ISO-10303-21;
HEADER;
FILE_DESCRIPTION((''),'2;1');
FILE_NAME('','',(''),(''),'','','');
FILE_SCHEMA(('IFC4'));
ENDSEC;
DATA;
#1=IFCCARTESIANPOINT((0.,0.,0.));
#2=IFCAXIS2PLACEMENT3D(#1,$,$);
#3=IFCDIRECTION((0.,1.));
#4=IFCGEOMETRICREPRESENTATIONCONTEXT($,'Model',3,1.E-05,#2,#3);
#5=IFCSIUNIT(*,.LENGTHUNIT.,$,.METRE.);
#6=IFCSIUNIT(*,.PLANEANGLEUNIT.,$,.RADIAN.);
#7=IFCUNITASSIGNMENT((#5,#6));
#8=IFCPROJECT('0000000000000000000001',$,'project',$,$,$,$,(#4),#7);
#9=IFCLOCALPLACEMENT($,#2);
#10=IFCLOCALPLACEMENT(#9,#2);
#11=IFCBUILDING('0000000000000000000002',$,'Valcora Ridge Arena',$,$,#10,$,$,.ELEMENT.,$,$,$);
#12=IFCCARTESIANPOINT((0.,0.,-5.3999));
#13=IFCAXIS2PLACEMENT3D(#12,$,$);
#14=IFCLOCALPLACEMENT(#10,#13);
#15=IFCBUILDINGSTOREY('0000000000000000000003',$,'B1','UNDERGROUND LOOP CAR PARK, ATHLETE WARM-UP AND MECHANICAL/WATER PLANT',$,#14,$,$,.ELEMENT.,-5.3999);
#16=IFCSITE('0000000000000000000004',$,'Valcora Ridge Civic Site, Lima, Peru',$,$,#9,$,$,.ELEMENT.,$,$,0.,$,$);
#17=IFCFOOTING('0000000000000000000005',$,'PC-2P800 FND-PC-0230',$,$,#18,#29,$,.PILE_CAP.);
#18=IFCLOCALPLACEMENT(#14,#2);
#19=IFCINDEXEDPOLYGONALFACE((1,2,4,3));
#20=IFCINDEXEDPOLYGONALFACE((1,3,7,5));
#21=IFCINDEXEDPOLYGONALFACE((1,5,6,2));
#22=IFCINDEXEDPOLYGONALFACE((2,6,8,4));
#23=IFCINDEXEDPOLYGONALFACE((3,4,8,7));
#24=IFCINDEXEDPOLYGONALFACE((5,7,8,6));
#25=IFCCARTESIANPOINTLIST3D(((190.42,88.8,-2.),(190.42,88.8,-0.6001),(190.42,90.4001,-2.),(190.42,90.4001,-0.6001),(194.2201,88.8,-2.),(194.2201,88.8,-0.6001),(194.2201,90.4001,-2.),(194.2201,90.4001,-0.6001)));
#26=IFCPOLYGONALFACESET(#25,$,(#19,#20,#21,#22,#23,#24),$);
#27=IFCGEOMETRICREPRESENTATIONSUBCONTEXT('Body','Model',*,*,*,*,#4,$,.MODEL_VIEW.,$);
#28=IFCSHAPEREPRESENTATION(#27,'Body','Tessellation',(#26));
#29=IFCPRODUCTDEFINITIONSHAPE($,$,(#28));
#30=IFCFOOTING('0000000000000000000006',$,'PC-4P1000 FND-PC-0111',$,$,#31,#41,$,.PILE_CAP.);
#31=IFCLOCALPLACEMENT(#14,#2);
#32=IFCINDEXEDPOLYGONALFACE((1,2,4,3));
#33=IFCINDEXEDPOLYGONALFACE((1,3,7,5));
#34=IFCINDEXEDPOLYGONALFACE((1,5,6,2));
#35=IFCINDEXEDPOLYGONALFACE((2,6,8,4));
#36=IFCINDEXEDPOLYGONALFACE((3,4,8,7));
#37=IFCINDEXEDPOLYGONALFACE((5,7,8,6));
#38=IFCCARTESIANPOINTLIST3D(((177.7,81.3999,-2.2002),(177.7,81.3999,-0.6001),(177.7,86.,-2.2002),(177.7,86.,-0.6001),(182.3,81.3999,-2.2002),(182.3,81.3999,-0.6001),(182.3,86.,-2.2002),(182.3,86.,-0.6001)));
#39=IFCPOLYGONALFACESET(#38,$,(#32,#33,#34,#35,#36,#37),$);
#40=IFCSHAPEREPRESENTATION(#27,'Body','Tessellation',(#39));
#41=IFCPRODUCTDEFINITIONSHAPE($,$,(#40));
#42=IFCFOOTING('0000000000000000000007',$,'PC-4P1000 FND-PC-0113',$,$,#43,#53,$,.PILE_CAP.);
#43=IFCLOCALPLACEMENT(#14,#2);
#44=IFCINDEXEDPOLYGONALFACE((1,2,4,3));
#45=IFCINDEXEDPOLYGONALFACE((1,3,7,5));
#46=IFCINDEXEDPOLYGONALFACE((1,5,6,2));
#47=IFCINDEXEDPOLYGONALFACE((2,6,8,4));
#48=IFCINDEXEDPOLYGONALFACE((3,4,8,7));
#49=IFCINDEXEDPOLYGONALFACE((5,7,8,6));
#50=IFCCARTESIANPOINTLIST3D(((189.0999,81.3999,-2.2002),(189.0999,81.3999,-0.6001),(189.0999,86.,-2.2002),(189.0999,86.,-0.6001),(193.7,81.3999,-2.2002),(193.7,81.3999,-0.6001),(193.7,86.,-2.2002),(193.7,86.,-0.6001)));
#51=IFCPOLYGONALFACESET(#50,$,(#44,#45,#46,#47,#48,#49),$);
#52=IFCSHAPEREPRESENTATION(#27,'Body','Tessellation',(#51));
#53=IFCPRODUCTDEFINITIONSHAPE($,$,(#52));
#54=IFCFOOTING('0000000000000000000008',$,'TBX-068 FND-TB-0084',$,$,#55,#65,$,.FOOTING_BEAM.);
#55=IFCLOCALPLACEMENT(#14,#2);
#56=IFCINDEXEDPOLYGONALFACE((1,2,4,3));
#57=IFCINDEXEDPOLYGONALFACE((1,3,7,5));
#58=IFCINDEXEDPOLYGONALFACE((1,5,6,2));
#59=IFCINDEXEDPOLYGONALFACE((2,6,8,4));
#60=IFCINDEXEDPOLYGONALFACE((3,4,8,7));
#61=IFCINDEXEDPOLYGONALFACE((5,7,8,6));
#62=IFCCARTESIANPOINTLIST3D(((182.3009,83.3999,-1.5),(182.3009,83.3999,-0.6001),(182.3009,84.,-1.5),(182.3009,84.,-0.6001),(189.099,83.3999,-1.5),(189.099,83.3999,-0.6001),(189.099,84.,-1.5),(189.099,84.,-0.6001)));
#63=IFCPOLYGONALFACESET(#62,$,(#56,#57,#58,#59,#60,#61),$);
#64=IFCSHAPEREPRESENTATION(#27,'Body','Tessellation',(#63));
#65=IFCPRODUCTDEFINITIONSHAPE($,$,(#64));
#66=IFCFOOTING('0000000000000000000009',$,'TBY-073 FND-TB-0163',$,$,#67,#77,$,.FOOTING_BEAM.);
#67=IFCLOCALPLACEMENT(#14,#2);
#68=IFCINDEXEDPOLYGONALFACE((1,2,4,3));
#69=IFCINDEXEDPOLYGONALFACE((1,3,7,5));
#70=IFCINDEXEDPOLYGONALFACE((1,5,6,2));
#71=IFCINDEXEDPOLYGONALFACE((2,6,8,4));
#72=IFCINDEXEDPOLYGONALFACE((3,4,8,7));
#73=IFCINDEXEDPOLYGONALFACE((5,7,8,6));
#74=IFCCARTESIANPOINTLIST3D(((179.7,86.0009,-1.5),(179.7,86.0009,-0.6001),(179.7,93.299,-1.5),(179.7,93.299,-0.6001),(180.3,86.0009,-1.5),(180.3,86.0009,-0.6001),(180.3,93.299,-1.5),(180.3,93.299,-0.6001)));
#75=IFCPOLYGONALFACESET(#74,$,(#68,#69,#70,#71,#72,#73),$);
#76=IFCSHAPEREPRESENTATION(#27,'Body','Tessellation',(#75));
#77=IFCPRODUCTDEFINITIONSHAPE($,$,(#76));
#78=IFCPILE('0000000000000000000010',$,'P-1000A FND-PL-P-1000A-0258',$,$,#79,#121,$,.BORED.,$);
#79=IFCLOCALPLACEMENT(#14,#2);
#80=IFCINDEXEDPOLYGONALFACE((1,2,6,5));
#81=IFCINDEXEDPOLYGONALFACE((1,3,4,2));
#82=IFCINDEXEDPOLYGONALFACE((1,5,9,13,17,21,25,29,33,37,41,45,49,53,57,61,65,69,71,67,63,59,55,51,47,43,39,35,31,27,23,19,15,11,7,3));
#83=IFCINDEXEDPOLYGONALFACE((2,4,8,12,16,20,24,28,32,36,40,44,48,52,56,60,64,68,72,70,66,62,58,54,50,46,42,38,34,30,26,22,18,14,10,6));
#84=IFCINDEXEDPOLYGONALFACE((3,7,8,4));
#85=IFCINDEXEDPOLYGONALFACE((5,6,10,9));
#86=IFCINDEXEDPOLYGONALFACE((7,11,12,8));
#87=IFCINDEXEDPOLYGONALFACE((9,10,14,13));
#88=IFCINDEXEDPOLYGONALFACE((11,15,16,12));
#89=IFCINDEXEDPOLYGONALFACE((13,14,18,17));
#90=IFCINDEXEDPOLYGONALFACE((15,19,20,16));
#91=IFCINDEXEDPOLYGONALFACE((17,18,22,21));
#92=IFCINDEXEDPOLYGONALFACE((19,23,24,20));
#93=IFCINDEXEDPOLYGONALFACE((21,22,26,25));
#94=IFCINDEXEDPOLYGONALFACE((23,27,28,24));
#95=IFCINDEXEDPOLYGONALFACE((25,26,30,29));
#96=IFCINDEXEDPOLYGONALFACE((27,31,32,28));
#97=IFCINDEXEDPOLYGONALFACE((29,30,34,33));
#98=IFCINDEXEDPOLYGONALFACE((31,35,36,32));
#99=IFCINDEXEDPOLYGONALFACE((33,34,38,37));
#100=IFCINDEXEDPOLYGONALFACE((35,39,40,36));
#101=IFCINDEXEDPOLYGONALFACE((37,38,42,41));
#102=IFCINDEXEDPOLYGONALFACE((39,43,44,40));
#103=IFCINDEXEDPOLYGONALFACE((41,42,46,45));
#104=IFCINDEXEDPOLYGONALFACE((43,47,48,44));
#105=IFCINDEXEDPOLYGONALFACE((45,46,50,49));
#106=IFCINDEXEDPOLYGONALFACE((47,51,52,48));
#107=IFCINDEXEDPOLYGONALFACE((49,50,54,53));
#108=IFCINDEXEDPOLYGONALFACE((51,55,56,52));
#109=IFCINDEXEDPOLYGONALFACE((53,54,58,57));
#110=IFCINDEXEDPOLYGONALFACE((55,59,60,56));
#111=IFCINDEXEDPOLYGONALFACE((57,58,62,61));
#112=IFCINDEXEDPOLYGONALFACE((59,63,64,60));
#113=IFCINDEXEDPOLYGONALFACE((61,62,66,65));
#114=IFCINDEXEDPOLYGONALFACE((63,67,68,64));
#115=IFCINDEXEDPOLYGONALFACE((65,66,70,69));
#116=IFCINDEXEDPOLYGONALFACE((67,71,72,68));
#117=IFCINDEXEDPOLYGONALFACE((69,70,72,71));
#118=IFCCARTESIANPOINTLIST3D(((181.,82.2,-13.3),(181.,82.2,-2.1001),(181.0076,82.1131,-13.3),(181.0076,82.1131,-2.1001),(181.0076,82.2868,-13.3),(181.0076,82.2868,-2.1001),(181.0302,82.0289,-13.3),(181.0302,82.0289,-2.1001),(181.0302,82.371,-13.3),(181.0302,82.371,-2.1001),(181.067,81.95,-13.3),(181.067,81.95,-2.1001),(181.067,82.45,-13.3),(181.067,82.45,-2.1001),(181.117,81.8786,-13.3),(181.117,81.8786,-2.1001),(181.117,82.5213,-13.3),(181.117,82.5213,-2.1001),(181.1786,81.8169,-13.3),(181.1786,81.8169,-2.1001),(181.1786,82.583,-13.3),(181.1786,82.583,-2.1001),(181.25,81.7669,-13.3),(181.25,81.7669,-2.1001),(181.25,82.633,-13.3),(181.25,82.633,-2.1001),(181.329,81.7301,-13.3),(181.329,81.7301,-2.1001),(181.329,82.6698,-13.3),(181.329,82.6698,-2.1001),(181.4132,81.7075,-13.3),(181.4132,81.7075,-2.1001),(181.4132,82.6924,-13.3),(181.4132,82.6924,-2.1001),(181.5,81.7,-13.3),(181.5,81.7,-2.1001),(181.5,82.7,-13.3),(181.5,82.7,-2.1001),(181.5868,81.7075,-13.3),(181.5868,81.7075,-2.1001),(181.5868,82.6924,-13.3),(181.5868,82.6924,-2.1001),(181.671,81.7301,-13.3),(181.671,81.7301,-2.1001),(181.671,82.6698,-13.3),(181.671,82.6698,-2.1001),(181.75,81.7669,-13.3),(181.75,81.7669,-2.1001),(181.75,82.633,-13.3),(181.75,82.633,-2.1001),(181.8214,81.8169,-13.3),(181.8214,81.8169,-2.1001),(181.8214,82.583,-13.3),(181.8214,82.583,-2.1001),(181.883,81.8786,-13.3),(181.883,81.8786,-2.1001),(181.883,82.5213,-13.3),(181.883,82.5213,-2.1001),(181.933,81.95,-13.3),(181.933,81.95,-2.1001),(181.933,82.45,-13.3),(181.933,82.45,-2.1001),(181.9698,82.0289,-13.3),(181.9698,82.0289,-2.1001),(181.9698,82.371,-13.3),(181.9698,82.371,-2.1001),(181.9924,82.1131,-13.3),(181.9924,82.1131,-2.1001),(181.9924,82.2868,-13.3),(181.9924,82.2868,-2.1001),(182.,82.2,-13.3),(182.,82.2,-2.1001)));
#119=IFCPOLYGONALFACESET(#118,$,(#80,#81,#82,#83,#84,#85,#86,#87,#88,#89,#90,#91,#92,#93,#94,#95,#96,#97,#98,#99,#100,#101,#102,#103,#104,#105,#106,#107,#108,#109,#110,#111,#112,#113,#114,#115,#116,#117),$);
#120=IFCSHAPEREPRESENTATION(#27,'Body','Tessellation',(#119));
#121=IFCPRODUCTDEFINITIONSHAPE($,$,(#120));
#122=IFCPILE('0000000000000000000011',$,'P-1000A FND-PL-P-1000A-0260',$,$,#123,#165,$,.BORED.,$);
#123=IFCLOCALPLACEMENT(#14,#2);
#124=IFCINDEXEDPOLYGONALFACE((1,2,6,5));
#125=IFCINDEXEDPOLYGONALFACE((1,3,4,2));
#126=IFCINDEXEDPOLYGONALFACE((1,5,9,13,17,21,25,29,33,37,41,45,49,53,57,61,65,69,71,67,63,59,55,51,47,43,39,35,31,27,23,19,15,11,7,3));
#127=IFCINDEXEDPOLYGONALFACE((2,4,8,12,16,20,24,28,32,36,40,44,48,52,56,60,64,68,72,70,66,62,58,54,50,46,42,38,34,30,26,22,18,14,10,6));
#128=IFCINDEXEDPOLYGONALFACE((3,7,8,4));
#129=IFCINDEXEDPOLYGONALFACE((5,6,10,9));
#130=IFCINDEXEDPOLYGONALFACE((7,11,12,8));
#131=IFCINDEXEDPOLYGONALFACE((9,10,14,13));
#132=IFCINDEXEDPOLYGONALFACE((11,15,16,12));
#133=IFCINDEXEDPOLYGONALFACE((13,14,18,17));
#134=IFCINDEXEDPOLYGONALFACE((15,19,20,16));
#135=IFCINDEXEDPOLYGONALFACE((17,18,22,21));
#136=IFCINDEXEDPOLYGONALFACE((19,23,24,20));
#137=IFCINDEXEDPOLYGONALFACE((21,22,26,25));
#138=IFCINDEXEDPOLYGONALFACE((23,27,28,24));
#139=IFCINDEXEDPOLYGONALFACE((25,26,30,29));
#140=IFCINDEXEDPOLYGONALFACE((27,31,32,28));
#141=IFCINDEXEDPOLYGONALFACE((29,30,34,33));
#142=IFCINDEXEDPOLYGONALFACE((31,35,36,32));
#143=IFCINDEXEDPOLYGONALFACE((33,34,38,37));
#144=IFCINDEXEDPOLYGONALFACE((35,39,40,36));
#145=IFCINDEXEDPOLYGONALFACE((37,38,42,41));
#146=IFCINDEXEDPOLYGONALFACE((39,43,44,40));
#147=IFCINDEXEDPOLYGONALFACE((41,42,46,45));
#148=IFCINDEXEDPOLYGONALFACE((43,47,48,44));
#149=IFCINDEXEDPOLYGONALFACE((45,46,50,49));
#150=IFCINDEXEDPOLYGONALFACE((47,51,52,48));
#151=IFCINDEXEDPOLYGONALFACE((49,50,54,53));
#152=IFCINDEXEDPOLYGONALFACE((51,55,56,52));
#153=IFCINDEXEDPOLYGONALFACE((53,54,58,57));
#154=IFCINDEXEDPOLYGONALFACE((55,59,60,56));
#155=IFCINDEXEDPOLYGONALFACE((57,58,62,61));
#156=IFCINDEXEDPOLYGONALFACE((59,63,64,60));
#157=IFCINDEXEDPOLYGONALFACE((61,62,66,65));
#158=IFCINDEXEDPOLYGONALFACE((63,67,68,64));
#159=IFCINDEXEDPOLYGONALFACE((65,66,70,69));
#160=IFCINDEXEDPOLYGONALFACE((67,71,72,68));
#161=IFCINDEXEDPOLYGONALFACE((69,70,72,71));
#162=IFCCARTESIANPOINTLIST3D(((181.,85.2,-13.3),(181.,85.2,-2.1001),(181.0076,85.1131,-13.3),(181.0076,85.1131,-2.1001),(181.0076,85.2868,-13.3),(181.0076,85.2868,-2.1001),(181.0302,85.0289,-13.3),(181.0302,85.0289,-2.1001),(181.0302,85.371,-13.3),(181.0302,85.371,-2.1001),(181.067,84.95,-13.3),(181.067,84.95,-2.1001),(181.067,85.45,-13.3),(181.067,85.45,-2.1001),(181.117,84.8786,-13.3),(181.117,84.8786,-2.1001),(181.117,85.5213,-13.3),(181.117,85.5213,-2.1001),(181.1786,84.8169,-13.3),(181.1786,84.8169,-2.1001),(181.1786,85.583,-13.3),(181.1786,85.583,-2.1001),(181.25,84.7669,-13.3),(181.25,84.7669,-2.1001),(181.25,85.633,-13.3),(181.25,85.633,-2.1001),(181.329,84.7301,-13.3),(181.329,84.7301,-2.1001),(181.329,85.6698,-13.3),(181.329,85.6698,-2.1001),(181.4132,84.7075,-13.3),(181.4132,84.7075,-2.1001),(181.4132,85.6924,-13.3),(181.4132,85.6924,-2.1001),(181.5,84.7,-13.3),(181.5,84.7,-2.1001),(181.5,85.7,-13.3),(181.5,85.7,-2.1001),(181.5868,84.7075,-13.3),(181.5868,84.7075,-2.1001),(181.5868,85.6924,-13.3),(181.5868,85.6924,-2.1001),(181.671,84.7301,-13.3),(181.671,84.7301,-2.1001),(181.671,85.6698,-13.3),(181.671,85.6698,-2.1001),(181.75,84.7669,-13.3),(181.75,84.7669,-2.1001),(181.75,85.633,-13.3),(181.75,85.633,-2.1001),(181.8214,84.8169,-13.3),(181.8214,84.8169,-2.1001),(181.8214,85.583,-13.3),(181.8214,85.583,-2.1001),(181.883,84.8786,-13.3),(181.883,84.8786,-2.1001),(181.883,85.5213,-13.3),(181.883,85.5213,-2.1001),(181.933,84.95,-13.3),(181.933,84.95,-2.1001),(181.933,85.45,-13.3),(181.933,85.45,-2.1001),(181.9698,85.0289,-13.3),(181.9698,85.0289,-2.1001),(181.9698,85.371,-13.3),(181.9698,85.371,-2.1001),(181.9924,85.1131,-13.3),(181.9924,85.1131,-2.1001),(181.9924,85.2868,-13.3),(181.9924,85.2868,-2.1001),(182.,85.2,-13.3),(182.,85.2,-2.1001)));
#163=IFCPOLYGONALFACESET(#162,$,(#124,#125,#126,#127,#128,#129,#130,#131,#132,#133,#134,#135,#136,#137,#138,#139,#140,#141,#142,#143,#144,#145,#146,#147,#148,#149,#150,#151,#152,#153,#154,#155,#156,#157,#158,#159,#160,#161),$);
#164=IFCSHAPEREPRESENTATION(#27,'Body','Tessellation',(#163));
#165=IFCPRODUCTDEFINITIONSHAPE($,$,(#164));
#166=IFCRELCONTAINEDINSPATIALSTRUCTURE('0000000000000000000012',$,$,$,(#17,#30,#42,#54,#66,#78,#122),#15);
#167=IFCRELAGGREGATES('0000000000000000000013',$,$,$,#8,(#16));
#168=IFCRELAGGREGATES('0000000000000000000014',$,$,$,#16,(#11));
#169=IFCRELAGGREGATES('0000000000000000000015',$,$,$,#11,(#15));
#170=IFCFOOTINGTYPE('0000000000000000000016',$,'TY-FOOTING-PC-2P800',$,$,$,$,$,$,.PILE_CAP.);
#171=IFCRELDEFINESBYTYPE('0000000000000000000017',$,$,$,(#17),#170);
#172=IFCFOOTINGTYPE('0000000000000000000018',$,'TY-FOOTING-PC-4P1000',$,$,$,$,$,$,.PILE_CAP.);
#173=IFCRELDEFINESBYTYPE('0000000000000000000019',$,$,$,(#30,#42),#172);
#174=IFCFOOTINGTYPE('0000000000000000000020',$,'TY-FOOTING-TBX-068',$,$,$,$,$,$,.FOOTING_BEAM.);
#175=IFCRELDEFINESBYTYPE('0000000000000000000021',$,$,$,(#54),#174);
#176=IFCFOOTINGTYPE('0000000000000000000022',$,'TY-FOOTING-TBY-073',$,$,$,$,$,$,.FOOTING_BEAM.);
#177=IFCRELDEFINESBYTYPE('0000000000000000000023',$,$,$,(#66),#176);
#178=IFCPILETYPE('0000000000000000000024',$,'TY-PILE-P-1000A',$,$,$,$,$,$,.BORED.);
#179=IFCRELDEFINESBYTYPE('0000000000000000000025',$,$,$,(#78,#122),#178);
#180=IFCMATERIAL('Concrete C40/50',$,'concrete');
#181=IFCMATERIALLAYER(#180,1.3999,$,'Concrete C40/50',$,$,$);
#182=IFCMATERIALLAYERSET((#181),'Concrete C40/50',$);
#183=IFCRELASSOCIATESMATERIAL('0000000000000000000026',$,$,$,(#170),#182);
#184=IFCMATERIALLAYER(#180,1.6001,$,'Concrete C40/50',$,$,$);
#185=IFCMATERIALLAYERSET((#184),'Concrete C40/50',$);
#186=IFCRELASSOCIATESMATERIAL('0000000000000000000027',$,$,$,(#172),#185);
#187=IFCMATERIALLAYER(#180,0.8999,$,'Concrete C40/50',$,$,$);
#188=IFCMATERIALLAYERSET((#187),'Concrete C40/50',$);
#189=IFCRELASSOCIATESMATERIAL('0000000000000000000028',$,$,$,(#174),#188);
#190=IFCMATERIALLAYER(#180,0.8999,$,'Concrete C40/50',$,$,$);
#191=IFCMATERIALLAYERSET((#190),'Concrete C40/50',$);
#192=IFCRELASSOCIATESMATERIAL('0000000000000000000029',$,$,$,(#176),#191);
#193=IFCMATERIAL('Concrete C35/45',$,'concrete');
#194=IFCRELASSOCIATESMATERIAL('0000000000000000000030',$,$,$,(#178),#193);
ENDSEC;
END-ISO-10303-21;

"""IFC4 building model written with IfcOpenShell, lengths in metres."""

from ifc_helpers import new_model, si_unit, direction, frame, origin, origin_2d, place, context, subcontext, project, spatial, rectangle, circle, extrude, material, layer, layer_set, material_profile, profile_set, type_object, element, save


model = new_model("IFC4")

# Units and contexts
model_context = context("Model", 3, precision=1e-05, world=origin(), true_north=direction((0.0, 1.0)))
body_context = subcontext(model_context, "Body", "Model", "MODEL_VIEW")
ifc_project = project(units=[si_unit("LENGTHUNIT", "METRE"), si_unit("PLANEANGLEUNIT", "RADIAN")], contexts=[model_context])

# Site, building, storey
site_placement = place(None, origin())
site = spatial("IfcSite", under=ifc_project, at=site_placement, Name="Valcora Ridge Civic Site, Lima, Peru", CompositionType="ELEMENT", RefElevation=0.0)
building_placement = place(site_placement, origin())
building = spatial("IfcBuilding", under=site, at=building_placement, Name="Valcora Ridge Arena", CompositionType="ELEMENT")
storey_placement = place(building_placement, frame((0.0, 0.0, -5.3999)))
storey = spatial("IfcBuildingStorey", under=building, at=storey_placement, Name="B1", Description="UNDERGROUND LOOP CAR PARK, ATHLETE WARM-UP AND MECHANICAL/WATER PLANT", CompositionType="ELEMENT", Elevation=-5.3999)

# Footings
ifc_material_1 = material(Name="Concrete C40/50", Category="concrete")
ifc_layer_1 = layer(ifc_material_1, 1.3999, Name="Concrete C40/50")
ifc_layer_set_1 = layer_set([ifc_layer_1], Name="Concrete C40/50")
footing_type_1 = type_object("IfcFootingType", Name="TY-FOOTING-PC-2P800", PredefinedType="PILE_CAP", material=ifc_layer_set_1)
footing_1_placement = place(storey_placement, frame((192.3201, 89.6001, -2.0), z_axis=(0.0, 0.0, 1.0), x_axis=(1.0, 0.0, 0.0)))
element("IfcFooting", 1, at=footing_1_placement, inside=storey, type_object=footing_type_1, Name="PC-2P800 FND-PC-0230", PredefinedType="PILE_CAP", context=body_context, shape_type="SweptSolid", body=[
    extrude(rectangle(XDim=3.8, YDim=1.6001, at=origin_2d()), origin(), (0.0, 0.0, 1.0), 1.3999),
])
ifc_layer_2 = layer(ifc_material_1, 1.6001, Name="Concrete C40/50")
ifc_layer_set_2 = layer_set([ifc_layer_2], Name="Concrete C40/50")
footing_type_2 = type_object("IfcFootingType", Name="TY-FOOTING-PC-4P1000", PredefinedType="PILE_CAP", material=ifc_layer_set_2)
for number, where, z_axis, x_axis, name in (
    (2, (180.0, 83.7, -2.2002), (0.0, 0.0, 1.0), (1.0, 0.0, 0.0), "PC-4P1000 FND-PC-0111"),
    (3, (191.3999, 83.7, -2.2002), (0.0, 0.0, 1.0), (1.0, 0.0, 0.0), "PC-4P1000 FND-PC-0113"),
):
    element("IfcFooting", number, at=place(storey_placement, frame(where, z_axis=z_axis, x_axis=x_axis)), inside=storey, type_object=footing_type_2, Name=name, PredefinedType="PILE_CAP", context=body_context, shape_type="SweptSolid", body=[
        extrude(rectangle(XDim=4.6001, YDim=4.6001, at=origin_2d()), origin(), (0.0, 0.0, 1.0), 1.6001),
    ])
ifc_layer_3 = layer(ifc_material_1, 0.8999, Name="Concrete C40/50")
ifc_layer_set_3 = layer_set([ifc_layer_3], Name="Concrete C40/50")
footing_type_3 = type_object("IfcFootingType", Name="TY-FOOTING-TBX-068", PredefinedType="FOOTING_BEAM", material=ifc_layer_set_3)
footing_2_placement = place(storey_placement, frame((185.7, 83.7, -1.5), z_axis=(0.0, 0.0, 1.0), x_axis=(1.0, 0.0, 0.0)))
element("IfcFooting", 4, at=footing_2_placement, inside=storey, type_object=footing_type_3, Name="TBX-068 FND-TB-0084", PredefinedType="FOOTING_BEAM", context=body_context, shape_type="SweptSolid", body=[
    extrude(rectangle(XDim=6.7981, YDim=0.6001, at=origin_2d()), origin(), (0.0, 0.0, 1.0), 0.8999),
])
ifc_layer_4 = layer(ifc_material_1, 0.8999, Name="Concrete C40/50")
ifc_layer_set_4 = layer_set([ifc_layer_4], Name="Concrete C40/50")
footing_type_4 = type_object("IfcFootingType", Name="TY-FOOTING-TBY-073", PredefinedType="FOOTING_BEAM", material=ifc_layer_set_4)
footing_3_placement = place(storey_placement, frame((180.0, 89.6499, -1.5), z_axis=(0.0, 0.0, 1.0), x_axis=(1.0, 0.0, 0.0)))
element("IfcFooting", 5, at=footing_3_placement, inside=storey, type_object=footing_type_4, Name="TBY-073 FND-TB-0163", PredefinedType="FOOTING_BEAM", context=body_context, shape_type="SweptSolid", body=[
    extrude(rectangle(XDim=0.6001, YDim=7.2981, at=origin_2d()), origin(), (0.0, 0.0, 1.0), 0.8999),
])

# Piles
ifc_material_2 = material(Name="Concrete C35/45", Category="concrete")
ifc_material_profile_1 = material_profile(ifc_material_2, circle(Radius=0.5, at=origin_2d()), Name="BORED PILE D1000")
ifc_profile_set_1 = profile_set([ifc_material_profile_1], Name="Concrete C35/45")
pile_type_1 = type_object("IfcPileType", Name="TY-PILE-P-1000A", PredefinedType="BORED", material=ifc_profile_set_1)
for number, where, z_axis, x_axis, name in (
    (6, (181.5, 82.2, -2.1001), (0.0, 0.0, -1.0), (1.0, 0.0, 0.0), "P-1000A FND-PL-P-1000A-0258"),
    (7, (181.5, 85.2, -2.1001), (0.0, 0.0, -1.0), (1.0, 0.0, 0.0), "P-1000A FND-PL-P-1000A-0260"),
):
    element("IfcPile", number, at=place(storey_placement, frame(where, z_axis=z_axis, x_axis=x_axis)), inside=storey, type_object=pile_type_1, Name=name, PredefinedType="BORED", context=body_context, shape_type="SweptSolid", body=[
        extrude(circle(Radius=0.5, at=origin_2d()), origin(), (0.0, 0.0, 1.0), 11.2),
    ])

save(model, "model.ifc")
